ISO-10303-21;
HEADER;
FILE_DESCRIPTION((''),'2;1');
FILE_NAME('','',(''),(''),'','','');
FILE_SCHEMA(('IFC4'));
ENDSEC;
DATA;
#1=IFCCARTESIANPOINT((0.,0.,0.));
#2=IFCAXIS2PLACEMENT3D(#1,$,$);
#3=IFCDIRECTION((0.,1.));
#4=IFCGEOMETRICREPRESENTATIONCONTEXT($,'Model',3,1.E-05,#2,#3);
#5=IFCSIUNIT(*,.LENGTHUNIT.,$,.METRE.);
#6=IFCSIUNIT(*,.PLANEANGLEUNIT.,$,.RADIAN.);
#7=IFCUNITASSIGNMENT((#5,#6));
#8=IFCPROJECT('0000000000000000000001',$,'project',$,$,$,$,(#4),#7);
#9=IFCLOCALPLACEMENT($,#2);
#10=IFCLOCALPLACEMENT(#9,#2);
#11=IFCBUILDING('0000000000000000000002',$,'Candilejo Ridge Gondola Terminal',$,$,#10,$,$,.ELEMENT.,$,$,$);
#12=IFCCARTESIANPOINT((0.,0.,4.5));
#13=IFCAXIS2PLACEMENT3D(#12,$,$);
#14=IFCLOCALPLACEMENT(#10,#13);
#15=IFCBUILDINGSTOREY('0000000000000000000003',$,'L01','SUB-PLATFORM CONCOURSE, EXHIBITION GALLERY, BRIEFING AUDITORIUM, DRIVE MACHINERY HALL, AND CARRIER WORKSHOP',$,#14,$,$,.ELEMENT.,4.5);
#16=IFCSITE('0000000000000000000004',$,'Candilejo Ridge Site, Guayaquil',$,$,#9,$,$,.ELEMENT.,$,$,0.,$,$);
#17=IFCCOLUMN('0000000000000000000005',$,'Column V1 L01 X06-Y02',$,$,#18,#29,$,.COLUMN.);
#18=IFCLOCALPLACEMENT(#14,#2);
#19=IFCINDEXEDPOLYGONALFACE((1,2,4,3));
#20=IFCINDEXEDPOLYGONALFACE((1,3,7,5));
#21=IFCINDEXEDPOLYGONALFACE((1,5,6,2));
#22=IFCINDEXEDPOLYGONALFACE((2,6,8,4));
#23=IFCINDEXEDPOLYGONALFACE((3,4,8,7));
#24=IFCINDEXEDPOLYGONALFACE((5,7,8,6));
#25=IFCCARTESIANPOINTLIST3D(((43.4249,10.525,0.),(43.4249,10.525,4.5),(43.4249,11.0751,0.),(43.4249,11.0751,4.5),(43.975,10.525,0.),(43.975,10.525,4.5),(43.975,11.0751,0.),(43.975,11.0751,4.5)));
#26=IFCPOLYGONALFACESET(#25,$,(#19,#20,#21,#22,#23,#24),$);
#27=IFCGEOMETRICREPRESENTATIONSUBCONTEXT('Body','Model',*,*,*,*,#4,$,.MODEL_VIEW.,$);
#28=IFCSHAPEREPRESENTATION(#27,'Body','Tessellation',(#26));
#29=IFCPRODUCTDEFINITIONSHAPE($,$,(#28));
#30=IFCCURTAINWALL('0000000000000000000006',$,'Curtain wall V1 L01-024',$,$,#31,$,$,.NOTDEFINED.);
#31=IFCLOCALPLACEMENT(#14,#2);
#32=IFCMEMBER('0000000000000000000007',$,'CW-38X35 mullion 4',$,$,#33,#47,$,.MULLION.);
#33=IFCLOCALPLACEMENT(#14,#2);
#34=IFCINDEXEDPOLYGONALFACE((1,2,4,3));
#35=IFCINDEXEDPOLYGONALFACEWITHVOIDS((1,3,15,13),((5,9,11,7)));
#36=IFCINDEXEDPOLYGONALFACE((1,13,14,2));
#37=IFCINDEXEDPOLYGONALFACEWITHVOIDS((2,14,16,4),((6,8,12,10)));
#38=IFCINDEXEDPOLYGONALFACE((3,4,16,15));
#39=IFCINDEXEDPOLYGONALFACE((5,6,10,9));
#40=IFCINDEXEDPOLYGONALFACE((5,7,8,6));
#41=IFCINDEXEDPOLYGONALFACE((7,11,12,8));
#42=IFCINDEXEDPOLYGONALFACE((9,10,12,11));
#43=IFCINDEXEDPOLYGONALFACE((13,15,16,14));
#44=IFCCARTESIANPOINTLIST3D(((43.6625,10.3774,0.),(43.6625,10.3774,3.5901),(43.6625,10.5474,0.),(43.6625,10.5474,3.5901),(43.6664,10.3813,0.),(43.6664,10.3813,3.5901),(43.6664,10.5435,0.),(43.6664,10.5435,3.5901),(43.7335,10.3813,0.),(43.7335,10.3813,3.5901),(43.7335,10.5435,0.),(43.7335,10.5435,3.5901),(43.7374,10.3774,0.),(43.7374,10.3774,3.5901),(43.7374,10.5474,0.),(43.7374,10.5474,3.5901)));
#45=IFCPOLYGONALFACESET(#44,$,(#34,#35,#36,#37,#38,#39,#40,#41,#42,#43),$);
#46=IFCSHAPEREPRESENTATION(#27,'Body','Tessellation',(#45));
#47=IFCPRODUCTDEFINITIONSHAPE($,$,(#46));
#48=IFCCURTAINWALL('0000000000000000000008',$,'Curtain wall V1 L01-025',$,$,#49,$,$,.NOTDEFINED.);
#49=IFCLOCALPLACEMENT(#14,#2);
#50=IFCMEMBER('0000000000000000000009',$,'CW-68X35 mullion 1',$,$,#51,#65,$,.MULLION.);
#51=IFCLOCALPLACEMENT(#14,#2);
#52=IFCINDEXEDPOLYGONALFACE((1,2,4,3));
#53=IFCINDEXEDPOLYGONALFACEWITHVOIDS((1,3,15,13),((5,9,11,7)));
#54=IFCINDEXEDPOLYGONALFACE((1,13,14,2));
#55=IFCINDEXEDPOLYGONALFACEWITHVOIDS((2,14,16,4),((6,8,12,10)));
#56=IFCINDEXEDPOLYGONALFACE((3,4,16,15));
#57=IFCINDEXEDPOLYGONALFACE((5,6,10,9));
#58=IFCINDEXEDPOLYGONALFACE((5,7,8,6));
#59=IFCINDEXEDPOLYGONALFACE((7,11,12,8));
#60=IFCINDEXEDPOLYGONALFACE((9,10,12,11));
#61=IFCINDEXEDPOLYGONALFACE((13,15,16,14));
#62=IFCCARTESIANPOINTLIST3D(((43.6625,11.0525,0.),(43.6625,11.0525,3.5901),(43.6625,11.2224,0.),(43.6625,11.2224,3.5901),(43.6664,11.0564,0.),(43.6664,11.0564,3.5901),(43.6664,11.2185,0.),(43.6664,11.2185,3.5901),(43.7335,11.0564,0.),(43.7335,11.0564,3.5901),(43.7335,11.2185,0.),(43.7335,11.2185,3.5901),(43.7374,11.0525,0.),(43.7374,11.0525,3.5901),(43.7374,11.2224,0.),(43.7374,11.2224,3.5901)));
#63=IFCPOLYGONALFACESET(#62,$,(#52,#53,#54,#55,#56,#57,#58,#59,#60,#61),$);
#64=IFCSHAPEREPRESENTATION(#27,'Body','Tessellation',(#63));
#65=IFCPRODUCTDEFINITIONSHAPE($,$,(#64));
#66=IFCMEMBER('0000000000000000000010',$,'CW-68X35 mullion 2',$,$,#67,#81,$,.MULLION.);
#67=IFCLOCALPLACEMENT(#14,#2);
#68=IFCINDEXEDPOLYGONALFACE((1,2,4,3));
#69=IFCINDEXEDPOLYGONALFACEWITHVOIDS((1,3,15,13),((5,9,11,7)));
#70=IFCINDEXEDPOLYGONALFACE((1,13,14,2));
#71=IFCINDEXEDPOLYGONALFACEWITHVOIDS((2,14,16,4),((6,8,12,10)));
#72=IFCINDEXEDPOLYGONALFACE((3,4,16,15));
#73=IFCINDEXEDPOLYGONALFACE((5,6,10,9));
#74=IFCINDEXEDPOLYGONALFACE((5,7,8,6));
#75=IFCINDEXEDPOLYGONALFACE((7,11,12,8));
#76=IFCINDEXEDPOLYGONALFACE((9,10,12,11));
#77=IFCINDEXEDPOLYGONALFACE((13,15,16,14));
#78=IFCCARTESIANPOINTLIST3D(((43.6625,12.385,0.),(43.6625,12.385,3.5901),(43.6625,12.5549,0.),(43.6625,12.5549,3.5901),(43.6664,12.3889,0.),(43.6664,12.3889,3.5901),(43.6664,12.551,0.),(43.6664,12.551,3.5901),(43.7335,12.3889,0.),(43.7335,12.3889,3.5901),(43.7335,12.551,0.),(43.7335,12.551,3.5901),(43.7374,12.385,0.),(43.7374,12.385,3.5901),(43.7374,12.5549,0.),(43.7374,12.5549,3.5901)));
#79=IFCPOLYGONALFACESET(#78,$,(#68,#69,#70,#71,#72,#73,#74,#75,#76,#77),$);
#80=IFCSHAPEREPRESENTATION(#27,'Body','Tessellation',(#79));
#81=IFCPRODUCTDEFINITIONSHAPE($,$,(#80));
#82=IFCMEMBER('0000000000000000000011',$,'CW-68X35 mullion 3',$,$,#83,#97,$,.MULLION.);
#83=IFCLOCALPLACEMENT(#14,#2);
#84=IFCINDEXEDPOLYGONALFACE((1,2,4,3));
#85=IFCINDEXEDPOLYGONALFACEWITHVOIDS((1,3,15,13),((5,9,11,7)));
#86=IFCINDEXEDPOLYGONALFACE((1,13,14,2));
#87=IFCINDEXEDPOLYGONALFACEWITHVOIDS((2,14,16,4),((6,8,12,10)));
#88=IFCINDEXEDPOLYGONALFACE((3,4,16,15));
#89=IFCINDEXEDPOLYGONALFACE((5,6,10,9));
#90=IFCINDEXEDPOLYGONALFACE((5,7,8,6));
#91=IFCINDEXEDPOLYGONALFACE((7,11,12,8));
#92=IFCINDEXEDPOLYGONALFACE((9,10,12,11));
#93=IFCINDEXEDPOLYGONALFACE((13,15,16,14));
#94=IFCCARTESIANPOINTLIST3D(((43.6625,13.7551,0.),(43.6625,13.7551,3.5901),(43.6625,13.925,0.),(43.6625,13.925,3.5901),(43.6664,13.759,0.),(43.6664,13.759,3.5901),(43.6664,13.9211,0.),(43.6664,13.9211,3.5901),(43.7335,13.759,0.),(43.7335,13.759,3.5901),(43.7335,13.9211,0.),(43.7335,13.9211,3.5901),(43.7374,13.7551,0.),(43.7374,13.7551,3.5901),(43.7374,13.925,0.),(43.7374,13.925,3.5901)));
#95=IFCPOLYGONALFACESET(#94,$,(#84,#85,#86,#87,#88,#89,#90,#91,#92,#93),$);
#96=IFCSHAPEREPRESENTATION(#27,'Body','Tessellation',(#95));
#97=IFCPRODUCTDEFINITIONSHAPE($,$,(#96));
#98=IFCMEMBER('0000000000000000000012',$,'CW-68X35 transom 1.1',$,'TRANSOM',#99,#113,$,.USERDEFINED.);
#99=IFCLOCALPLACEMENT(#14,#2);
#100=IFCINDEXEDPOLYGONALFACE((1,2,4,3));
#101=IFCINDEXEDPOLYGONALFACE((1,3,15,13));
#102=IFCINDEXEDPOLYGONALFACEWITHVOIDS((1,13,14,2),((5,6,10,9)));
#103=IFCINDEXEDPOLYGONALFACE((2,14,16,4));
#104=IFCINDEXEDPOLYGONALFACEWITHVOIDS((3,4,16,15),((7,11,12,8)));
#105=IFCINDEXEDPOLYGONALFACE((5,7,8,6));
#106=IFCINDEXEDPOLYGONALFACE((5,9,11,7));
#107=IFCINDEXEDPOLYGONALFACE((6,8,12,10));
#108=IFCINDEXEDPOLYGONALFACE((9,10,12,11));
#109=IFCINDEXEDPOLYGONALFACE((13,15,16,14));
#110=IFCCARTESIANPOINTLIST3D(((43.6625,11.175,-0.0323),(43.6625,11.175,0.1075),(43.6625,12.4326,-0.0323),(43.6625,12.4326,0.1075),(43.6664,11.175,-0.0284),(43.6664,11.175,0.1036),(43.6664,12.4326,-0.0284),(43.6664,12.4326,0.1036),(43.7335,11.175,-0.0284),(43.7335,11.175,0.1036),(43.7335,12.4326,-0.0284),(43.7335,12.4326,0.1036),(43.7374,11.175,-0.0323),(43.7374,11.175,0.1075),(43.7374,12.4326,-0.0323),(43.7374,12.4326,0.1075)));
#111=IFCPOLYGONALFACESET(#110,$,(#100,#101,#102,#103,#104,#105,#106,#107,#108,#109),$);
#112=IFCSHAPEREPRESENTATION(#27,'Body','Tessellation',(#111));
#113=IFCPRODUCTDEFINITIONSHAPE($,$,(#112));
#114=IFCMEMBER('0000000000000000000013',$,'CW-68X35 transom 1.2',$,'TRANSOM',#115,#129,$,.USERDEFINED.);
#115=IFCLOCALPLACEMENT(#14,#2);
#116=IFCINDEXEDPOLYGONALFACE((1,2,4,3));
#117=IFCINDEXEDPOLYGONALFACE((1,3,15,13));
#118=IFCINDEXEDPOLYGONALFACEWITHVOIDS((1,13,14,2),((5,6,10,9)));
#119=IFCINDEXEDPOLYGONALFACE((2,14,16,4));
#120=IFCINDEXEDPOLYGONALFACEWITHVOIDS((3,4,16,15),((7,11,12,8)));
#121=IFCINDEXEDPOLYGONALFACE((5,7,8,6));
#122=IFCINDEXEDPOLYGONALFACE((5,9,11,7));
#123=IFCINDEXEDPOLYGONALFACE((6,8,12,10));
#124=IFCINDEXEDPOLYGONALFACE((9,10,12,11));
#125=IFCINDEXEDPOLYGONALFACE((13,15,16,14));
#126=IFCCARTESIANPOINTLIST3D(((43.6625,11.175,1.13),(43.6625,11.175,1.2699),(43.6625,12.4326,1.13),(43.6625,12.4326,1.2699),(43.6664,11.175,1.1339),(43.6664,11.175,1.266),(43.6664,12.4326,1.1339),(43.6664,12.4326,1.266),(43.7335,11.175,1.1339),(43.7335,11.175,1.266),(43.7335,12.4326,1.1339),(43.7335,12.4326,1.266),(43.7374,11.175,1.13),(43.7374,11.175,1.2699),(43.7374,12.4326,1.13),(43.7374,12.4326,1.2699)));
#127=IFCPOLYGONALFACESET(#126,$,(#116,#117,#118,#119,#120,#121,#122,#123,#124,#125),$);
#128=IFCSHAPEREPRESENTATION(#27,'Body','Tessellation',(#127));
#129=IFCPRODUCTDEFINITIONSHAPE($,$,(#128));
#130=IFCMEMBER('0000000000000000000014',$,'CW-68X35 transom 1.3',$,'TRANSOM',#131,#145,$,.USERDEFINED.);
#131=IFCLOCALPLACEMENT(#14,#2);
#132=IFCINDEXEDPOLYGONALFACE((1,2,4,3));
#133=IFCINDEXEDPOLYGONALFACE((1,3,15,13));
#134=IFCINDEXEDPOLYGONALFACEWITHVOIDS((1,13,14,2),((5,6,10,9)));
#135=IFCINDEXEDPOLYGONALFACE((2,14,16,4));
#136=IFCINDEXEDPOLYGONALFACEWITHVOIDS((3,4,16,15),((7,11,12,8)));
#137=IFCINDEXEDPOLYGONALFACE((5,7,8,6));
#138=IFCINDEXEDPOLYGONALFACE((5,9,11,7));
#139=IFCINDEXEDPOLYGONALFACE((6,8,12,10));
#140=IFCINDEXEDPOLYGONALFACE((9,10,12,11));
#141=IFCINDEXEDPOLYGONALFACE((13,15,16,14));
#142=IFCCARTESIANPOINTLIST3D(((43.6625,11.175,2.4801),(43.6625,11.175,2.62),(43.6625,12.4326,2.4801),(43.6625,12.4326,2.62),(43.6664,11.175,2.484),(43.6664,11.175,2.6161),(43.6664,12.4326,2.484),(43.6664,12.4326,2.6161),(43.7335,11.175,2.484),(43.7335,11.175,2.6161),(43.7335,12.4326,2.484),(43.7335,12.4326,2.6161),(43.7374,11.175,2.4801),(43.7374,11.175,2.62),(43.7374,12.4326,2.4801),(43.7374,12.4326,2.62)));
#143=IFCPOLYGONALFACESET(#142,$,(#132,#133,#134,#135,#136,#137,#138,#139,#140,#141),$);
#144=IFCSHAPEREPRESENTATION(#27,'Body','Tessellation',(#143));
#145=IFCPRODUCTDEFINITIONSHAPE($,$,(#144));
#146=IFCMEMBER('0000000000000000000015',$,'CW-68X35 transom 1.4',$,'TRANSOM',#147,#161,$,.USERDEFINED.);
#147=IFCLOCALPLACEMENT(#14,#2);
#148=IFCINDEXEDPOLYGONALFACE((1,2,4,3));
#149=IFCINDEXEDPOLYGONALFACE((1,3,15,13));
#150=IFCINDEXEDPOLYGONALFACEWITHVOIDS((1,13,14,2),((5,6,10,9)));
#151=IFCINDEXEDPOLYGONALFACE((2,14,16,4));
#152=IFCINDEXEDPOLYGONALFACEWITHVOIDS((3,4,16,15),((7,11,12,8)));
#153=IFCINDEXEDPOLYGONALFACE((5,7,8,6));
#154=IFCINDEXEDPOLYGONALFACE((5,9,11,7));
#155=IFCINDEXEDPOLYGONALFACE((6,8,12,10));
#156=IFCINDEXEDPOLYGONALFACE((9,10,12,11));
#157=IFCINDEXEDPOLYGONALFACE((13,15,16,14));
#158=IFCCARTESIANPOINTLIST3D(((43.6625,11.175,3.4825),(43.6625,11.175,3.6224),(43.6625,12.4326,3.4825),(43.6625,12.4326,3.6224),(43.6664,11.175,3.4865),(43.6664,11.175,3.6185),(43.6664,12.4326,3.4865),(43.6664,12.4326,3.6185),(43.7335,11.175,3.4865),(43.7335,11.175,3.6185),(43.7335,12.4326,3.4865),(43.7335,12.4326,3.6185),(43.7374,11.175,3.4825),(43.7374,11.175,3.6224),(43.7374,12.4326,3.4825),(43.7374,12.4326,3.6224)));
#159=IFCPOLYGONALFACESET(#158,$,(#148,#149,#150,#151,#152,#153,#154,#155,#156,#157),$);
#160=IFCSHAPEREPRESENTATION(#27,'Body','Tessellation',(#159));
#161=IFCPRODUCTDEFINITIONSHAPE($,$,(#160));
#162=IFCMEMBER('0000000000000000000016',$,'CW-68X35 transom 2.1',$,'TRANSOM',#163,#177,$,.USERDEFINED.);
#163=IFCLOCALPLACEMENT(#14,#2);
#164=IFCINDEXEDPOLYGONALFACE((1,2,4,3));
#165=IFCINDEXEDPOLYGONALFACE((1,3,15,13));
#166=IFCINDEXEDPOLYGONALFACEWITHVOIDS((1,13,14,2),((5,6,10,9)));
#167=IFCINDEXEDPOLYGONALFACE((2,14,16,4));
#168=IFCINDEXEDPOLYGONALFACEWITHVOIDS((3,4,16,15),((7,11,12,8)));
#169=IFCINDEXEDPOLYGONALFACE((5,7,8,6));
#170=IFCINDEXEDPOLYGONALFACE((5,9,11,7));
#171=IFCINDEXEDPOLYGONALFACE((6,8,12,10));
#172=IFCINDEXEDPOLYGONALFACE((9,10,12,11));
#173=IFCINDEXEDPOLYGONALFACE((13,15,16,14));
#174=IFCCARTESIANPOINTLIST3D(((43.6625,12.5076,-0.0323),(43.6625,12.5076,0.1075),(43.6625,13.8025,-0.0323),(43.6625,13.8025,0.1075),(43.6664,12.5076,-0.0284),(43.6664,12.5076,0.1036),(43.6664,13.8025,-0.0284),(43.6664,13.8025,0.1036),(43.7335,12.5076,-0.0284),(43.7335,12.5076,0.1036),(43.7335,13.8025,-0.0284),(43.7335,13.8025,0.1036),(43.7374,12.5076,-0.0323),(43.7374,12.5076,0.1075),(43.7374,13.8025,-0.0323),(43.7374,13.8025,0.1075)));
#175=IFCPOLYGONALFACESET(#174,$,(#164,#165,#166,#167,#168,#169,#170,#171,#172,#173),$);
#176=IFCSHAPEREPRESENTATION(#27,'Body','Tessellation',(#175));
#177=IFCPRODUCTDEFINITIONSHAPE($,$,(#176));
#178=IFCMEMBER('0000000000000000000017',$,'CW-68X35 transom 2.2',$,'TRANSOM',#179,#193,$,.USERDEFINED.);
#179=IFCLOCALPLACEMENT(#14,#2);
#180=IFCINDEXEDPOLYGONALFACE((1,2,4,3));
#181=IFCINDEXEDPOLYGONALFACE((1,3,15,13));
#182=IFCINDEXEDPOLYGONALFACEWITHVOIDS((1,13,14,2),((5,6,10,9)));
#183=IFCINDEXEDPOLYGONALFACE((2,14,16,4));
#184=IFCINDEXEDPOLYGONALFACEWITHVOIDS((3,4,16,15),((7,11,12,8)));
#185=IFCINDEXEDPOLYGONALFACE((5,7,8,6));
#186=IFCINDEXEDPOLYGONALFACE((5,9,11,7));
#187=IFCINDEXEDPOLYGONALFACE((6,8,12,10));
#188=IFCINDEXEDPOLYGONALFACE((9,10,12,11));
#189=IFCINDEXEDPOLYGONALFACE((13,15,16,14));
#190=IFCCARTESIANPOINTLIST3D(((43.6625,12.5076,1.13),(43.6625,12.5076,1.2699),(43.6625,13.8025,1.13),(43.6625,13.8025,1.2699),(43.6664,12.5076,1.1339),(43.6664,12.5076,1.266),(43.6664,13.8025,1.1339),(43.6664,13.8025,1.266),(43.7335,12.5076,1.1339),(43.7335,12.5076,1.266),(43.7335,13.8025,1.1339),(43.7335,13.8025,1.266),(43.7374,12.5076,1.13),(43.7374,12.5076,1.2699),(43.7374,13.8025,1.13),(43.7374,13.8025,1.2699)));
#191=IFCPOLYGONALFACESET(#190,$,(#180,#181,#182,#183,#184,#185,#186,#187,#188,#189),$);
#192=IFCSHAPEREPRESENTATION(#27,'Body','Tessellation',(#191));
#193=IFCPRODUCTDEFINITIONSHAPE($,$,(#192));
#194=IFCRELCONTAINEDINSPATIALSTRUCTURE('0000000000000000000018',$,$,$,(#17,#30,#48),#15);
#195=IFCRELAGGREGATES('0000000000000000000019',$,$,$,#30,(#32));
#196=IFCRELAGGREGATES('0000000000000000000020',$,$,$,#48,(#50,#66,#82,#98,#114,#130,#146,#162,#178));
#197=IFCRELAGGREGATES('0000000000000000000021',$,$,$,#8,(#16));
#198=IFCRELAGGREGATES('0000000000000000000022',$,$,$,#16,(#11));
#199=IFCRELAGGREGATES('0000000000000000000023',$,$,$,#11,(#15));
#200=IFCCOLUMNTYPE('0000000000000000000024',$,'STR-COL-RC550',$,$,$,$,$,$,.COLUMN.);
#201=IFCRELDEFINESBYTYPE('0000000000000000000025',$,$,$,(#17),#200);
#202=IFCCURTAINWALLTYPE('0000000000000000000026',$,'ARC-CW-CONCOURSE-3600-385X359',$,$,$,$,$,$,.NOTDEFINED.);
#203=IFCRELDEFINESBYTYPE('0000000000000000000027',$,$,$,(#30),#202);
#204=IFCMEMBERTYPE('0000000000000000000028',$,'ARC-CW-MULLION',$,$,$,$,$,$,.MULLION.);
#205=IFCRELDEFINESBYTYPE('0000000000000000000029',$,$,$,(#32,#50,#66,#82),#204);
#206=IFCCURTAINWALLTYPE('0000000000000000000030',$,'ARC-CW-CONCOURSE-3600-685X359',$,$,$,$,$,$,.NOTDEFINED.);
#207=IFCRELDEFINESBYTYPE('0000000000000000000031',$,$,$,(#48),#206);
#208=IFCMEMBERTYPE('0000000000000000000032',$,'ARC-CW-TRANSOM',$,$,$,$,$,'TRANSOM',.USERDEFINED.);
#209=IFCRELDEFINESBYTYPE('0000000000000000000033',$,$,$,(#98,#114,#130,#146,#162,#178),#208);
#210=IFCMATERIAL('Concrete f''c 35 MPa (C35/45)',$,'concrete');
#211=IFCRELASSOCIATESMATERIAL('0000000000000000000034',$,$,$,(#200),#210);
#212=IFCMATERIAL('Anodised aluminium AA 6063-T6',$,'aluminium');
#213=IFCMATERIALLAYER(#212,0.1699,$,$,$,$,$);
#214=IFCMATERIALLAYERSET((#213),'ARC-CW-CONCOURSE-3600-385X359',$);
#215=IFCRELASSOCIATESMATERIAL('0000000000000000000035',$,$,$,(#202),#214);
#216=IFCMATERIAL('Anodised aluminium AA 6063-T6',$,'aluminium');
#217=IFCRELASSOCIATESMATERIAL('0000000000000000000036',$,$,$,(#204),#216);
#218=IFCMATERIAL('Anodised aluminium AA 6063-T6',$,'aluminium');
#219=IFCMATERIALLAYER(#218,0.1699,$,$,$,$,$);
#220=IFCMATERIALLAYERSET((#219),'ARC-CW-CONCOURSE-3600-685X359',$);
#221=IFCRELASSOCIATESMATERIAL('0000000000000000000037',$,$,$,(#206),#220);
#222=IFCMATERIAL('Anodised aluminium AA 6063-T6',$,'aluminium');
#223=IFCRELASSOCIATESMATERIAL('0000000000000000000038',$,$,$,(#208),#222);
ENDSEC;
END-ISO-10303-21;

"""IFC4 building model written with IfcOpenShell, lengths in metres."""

from ifc_helpers import new_model, si_unit, direction, frame, origin, origin_2d, place, context, subcontext, project, spatial, rectangle, hollow_rectangle, extrude, material, layer, layer_set, material_profile, profile_set, type_object, element, aggregate, save


model = new_model("IFC4")

# Units and contexts
model_context = context("Model", 3, precision=1e-05, world=origin(), true_north=direction((0.0, 1.0)))
body_context = subcontext(model_context, "Body", "Model", "MODEL_VIEW")
ifc_project = project(units=[si_unit("LENGTHUNIT", "METRE"), si_unit("PLANEANGLEUNIT", "RADIAN")], contexts=[model_context])

# Site, building, storey
site_placement = place(None, origin())
site = spatial("IfcSite", under=ifc_project, at=site_placement, Name="Candilejo Ridge Site, Guayaquil", CompositionType="ELEMENT", RefElevation=0.0)
building_placement = place(site_placement, origin())
building = spatial("IfcBuilding", under=site, at=building_placement, Name="Candilejo Ridge Gondola Terminal", CompositionType="ELEMENT")
storey_placement = place(building_placement, frame((0.0, 0.0, 4.5)))
storey = spatial("IfcBuildingStorey", under=building, at=storey_placement, Name="L01", Description="SUB-PLATFORM CONCOURSE, EXHIBITION GALLERY, BRIEFING AUDITORIUM, DRIVE MACHINERY HALL, AND CARRIER WORKSHOP", CompositionType="ELEMENT", Elevation=4.5)

# Column
ifc_material_1 = material(Name="Concrete f'c 35 MPa (C35/45)", Category="concrete")
ifc_material_profile_1 = material_profile(ifc_material_1, rectangle(XDim=0.55, YDim=0.55, at=origin_2d()))
ifc_profile_set_1 = profile_set([ifc_material_profile_1], Name="Concrete f'c 35 MPa (C35/45)")
column_type = type_object("IfcColumnType", Name="STR-COL-RC550", PredefinedType="COLUMN", material=ifc_profile_set_1)
column_placement = place(storey_placement, frame((43.7, 10.8, 0.0), z_axis=(0.0, 0.0, 1.0), x_axis=(1.0, 0.0, 0.0)))
element("IfcColumn", 1, at=column_placement, inside=storey, type_object=column_type, Name="Column V1 L01 X06-Y02", PredefinedType="COLUMN", context=body_context, shape_type="SweptSolid", body=[
    extrude(rectangle(XDim=0.55, YDim=0.55, at=origin_2d()), origin(), (0.0, 0.0, 1.0), 4.5),
])

# Curtain wall, member
ifc_material_2 = material(Name="Anodised aluminium AA 6063-T6", Category="aluminium")
ifc_layer_1 = layer(ifc_material_2, 0.1699)
ifc_layer_set_1 = layer_set([ifc_layer_1], Name="ARC-CW-CONCOURSE-3600-385X359")
curtain_wall_type_1 = type_object("IfcCurtainWallType", Name="ARC-CW-CONCOURSE-3600-385X359", PredefinedType="NOTDEFINED", material=ifc_layer_set_1)
curtain_wall_1_placement = place(storey_placement, origin())
curtain_wall_1 = element("IfcCurtainWall", 2, at=curtain_wall_1_placement, inside=storey, type_object=curtain_wall_type_1, Name="Curtain wall V1 L01-024", PredefinedType="NOTDEFINED")
ifc_material_3 = material(Name="Anodised aluminium AA 6063-T6", Category="aluminium")
ifc_material_profile_2 = material_profile(ifc_material_3, hollow_rectangle(XDim=0.075, YDim=0.1699, WallThickness=0.0039, at=origin_2d()))
ifc_profile_set_2 = profile_set([ifc_material_profile_2], Name="Anodised aluminium AA 6063-T6")
member_type_1 = type_object("IfcMemberType", Name="ARC-CW-MULLION", PredefinedType="MULLION", material=ifc_profile_set_2)
member_1_placement = place(storey_placement, frame((43.7, 10.4624, 0.0), z_axis=(0.0, 0.0, 1.0), x_axis=(-1.0, 0.0, 0.0)))
member_1 = element("IfcMember", 3, at=member_1_placement, type_object=member_type_1, Name="CW-38X35 mullion 4", PredefinedType="MULLION", context=body_context, shape_type="SweptSolid", body=[
    extrude(hollow_rectangle(XDim=0.075, YDim=0.1699, WallThickness=0.0039, at=origin_2d()), origin(), (0.0, 0.0, 1.0), 3.5901),
])
aggregate(curtain_wall_1, [member_1])

# Curtain wall, members
ifc_material_4 = material(Name="Anodised aluminium AA 6063-T6", Category="aluminium")
ifc_layer_2 = layer(ifc_material_4, 0.1699)
ifc_layer_set_2 = layer_set([ifc_layer_2], Name="ARC-CW-CONCOURSE-3600-685X359")
curtain_wall_type_2 = type_object("IfcCurtainWallType", Name="ARC-CW-CONCOURSE-3600-685X359", PredefinedType="NOTDEFINED", material=ifc_layer_set_2)
curtain_wall_2_placement = place(storey_placement, origin())
curtain_wall_2 = element("IfcCurtainWall", 4, at=curtain_wall_2_placement, inside=storey, type_object=curtain_wall_type_2, Name="Curtain wall V1 L01-025", PredefinedType="NOTDEFINED")
member_2_placement = place(storey_placement, frame((43.7, 11.1375, 0.0), z_axis=(0.0, 0.0, 1.0), x_axis=(-1.0, 0.0, 0.0)))
member_2 = element("IfcMember", 5, at=member_2_placement, type_object=member_type_1, Name="CW-68X35 mullion 1", PredefinedType="MULLION", context=body_context, shape_type="SweptSolid", body=[
    extrude(hollow_rectangle(XDim=0.075, YDim=0.1699, WallThickness=0.0039, at=origin_2d()), origin(), (0.0, 0.0, 1.0), 3.5901),
])
member_3_placement = place(storey_placement, frame((43.7, 12.47, 0.0), z_axis=(0.0, 0.0, 1.0), x_axis=(-1.0, 0.0, 0.0)))
member_3 = element("IfcMember", 6, at=member_3_placement, type_object=member_type_1, Name="CW-68X35 mullion 2", PredefinedType="MULLION", context=body_context, shape_type="SweptSolid", body=[
    extrude(hollow_rectangle(XDim=0.075, YDim=0.1699, WallThickness=0.0039, at=origin_2d()), origin(), (0.0, 0.0, 1.0), 3.5901),
])
member_4_placement = place(storey_placement, frame((43.7, 13.8401, 0.0), z_axis=(0.0, 0.0, 1.0), x_axis=(-1.0, 0.0, 0.0)))
member_4 = element("IfcMember", 7, at=member_4_placement, type_object=member_type_1, Name="CW-68X35 mullion 3", PredefinedType="MULLION", context=body_context, shape_type="SweptSolid", body=[
    extrude(hollow_rectangle(XDim=0.075, YDim=0.1699, WallThickness=0.0039, at=origin_2d()), origin(), (0.0, 0.0, 1.0), 3.5901),
])
ifc_material_5 = material(Name="Anodised aluminium AA 6063-T6", Category="aluminium")
ifc_material_profile_3 = material_profile(ifc_material_5, hollow_rectangle(XDim=0.075, YDim=0.1399, WallThickness=0.0039, at=origin_2d()))
ifc_profile_set_3 = profile_set([ifc_material_profile_3], Name="Anodised aluminium AA 6063-T6")
member_type_2 = type_object("IfcMemberType", Name="ARC-CW-TRANSOM", ElementType="TRANSOM", PredefinedType="USERDEFINED", material=ifc_profile_set_3)
member_5_placement = place(storey_placement, frame((43.7, 11.175, 0.0376), z_axis=(0.0, 1.0, 0.0), x_axis=(-1.0, 0.0, 0.0)))
member_5 = element("IfcMember", 8, at=member_5_placement, type_object=member_type_2, Name="CW-68X35 transom 1.1", ObjectType="TRANSOM", PredefinedType="USERDEFINED", context=body_context, shape_type="SweptSolid", body=[
    extrude(hollow_rectangle(XDim=0.075, YDim=0.1399, WallThickness=0.0039, at=origin_2d()), origin(), (0.0, 0.0, 1.0), 1.2576),
])
member_6_placement = place(storey_placement, frame((43.7, 11.175, 1.2), z_axis=(0.0, 1.0, 0.0), x_axis=(-1.0, 0.0, 0.0)))
member_6 = element("IfcMember", 9, at=member_6_placement, type_object=member_type_2, Name="CW-68X35 transom 1.2", ObjectType="TRANSOM", PredefinedType="USERDEFINED", context=body_context, shape_type="SweptSolid", body=[
    extrude(hollow_rectangle(XDim=0.075, YDim=0.1399, WallThickness=0.0039, at=origin_2d()), origin(), (0.0, 0.0, 1.0), 1.2576),
])
member_7_placement = place(storey_placement, frame((43.7, 11.175, 2.55), z_axis=(0.0, 1.0, 0.0), x_axis=(-1.0, 0.0, 0.0)))
member_7 = element("IfcMember", 10, at=member_7_placement, type_object=member_type_2, Name="CW-68X35 transom 1.3", ObjectType="TRANSOM", PredefinedType="USERDEFINED", context=body_context, shape_type="SweptSolid", body=[
    extrude(hollow_rectangle(XDim=0.075, YDim=0.1399, WallThickness=0.0039, at=origin_2d()), origin(), (0.0, 0.0, 1.0), 1.2576),
])
member_8_placement = place(storey_placement, frame((43.7, 11.175, 3.5525), z_axis=(0.0, 1.0, 0.0), x_axis=(-1.0, 0.0, 0.0)))
member_8 = element("IfcMember", 11, at=member_8_placement, type_object=member_type_2, Name="CW-68X35 transom 1.4", ObjectType="TRANSOM", PredefinedType="USERDEFINED", context=body_context, shape_type="SweptSolid", body=[
    extrude(hollow_rectangle(XDim=0.075, YDim=0.1399, WallThickness=0.0039, at=origin_2d()), origin(), (0.0, 0.0, 1.0), 1.2576),
])
member_9_placement = place(storey_placement, frame((43.7, 12.5076, 0.0376), z_axis=(0.0, 1.0, 0.0), x_axis=(-1.0, 0.0, 0.0)))
member_9 = element("IfcMember", 12, at=member_9_placement, type_object=member_type_2, Name="CW-68X35 transom 2.1", ObjectType="TRANSOM", PredefinedType="USERDEFINED", context=body_context, shape_type="SweptSolid", body=[
    extrude(hollow_rectangle(XDim=0.075, YDim=0.1399, WallThickness=0.0039, at=origin_2d()), origin(), (0.0, 0.0, 1.0), 1.2949),
])
member_10_placement = place(storey_placement, frame((43.7, 12.5076, 1.2), z_axis=(0.0, 1.0, 0.0), x_axis=(-1.0, 0.0, 0.0)))
member_10 = element("IfcMember", 13, at=member_10_placement, type_object=member_type_2, Name="CW-68X35 transom 2.2", ObjectType="TRANSOM", PredefinedType="USERDEFINED", context=body_context, shape_type="SweptSolid", body=[
    extrude(hollow_rectangle(XDim=0.075, YDim=0.1399, WallThickness=0.0039, at=origin_2d()), origin(), (0.0, 0.0, 1.0), 1.2949),
])

aggregate(curtain_wall_2, [member_2, member_3, member_4, member_5, member_6, member_7, member_8, member_9, member_10])

save(model, "model.ifc")
